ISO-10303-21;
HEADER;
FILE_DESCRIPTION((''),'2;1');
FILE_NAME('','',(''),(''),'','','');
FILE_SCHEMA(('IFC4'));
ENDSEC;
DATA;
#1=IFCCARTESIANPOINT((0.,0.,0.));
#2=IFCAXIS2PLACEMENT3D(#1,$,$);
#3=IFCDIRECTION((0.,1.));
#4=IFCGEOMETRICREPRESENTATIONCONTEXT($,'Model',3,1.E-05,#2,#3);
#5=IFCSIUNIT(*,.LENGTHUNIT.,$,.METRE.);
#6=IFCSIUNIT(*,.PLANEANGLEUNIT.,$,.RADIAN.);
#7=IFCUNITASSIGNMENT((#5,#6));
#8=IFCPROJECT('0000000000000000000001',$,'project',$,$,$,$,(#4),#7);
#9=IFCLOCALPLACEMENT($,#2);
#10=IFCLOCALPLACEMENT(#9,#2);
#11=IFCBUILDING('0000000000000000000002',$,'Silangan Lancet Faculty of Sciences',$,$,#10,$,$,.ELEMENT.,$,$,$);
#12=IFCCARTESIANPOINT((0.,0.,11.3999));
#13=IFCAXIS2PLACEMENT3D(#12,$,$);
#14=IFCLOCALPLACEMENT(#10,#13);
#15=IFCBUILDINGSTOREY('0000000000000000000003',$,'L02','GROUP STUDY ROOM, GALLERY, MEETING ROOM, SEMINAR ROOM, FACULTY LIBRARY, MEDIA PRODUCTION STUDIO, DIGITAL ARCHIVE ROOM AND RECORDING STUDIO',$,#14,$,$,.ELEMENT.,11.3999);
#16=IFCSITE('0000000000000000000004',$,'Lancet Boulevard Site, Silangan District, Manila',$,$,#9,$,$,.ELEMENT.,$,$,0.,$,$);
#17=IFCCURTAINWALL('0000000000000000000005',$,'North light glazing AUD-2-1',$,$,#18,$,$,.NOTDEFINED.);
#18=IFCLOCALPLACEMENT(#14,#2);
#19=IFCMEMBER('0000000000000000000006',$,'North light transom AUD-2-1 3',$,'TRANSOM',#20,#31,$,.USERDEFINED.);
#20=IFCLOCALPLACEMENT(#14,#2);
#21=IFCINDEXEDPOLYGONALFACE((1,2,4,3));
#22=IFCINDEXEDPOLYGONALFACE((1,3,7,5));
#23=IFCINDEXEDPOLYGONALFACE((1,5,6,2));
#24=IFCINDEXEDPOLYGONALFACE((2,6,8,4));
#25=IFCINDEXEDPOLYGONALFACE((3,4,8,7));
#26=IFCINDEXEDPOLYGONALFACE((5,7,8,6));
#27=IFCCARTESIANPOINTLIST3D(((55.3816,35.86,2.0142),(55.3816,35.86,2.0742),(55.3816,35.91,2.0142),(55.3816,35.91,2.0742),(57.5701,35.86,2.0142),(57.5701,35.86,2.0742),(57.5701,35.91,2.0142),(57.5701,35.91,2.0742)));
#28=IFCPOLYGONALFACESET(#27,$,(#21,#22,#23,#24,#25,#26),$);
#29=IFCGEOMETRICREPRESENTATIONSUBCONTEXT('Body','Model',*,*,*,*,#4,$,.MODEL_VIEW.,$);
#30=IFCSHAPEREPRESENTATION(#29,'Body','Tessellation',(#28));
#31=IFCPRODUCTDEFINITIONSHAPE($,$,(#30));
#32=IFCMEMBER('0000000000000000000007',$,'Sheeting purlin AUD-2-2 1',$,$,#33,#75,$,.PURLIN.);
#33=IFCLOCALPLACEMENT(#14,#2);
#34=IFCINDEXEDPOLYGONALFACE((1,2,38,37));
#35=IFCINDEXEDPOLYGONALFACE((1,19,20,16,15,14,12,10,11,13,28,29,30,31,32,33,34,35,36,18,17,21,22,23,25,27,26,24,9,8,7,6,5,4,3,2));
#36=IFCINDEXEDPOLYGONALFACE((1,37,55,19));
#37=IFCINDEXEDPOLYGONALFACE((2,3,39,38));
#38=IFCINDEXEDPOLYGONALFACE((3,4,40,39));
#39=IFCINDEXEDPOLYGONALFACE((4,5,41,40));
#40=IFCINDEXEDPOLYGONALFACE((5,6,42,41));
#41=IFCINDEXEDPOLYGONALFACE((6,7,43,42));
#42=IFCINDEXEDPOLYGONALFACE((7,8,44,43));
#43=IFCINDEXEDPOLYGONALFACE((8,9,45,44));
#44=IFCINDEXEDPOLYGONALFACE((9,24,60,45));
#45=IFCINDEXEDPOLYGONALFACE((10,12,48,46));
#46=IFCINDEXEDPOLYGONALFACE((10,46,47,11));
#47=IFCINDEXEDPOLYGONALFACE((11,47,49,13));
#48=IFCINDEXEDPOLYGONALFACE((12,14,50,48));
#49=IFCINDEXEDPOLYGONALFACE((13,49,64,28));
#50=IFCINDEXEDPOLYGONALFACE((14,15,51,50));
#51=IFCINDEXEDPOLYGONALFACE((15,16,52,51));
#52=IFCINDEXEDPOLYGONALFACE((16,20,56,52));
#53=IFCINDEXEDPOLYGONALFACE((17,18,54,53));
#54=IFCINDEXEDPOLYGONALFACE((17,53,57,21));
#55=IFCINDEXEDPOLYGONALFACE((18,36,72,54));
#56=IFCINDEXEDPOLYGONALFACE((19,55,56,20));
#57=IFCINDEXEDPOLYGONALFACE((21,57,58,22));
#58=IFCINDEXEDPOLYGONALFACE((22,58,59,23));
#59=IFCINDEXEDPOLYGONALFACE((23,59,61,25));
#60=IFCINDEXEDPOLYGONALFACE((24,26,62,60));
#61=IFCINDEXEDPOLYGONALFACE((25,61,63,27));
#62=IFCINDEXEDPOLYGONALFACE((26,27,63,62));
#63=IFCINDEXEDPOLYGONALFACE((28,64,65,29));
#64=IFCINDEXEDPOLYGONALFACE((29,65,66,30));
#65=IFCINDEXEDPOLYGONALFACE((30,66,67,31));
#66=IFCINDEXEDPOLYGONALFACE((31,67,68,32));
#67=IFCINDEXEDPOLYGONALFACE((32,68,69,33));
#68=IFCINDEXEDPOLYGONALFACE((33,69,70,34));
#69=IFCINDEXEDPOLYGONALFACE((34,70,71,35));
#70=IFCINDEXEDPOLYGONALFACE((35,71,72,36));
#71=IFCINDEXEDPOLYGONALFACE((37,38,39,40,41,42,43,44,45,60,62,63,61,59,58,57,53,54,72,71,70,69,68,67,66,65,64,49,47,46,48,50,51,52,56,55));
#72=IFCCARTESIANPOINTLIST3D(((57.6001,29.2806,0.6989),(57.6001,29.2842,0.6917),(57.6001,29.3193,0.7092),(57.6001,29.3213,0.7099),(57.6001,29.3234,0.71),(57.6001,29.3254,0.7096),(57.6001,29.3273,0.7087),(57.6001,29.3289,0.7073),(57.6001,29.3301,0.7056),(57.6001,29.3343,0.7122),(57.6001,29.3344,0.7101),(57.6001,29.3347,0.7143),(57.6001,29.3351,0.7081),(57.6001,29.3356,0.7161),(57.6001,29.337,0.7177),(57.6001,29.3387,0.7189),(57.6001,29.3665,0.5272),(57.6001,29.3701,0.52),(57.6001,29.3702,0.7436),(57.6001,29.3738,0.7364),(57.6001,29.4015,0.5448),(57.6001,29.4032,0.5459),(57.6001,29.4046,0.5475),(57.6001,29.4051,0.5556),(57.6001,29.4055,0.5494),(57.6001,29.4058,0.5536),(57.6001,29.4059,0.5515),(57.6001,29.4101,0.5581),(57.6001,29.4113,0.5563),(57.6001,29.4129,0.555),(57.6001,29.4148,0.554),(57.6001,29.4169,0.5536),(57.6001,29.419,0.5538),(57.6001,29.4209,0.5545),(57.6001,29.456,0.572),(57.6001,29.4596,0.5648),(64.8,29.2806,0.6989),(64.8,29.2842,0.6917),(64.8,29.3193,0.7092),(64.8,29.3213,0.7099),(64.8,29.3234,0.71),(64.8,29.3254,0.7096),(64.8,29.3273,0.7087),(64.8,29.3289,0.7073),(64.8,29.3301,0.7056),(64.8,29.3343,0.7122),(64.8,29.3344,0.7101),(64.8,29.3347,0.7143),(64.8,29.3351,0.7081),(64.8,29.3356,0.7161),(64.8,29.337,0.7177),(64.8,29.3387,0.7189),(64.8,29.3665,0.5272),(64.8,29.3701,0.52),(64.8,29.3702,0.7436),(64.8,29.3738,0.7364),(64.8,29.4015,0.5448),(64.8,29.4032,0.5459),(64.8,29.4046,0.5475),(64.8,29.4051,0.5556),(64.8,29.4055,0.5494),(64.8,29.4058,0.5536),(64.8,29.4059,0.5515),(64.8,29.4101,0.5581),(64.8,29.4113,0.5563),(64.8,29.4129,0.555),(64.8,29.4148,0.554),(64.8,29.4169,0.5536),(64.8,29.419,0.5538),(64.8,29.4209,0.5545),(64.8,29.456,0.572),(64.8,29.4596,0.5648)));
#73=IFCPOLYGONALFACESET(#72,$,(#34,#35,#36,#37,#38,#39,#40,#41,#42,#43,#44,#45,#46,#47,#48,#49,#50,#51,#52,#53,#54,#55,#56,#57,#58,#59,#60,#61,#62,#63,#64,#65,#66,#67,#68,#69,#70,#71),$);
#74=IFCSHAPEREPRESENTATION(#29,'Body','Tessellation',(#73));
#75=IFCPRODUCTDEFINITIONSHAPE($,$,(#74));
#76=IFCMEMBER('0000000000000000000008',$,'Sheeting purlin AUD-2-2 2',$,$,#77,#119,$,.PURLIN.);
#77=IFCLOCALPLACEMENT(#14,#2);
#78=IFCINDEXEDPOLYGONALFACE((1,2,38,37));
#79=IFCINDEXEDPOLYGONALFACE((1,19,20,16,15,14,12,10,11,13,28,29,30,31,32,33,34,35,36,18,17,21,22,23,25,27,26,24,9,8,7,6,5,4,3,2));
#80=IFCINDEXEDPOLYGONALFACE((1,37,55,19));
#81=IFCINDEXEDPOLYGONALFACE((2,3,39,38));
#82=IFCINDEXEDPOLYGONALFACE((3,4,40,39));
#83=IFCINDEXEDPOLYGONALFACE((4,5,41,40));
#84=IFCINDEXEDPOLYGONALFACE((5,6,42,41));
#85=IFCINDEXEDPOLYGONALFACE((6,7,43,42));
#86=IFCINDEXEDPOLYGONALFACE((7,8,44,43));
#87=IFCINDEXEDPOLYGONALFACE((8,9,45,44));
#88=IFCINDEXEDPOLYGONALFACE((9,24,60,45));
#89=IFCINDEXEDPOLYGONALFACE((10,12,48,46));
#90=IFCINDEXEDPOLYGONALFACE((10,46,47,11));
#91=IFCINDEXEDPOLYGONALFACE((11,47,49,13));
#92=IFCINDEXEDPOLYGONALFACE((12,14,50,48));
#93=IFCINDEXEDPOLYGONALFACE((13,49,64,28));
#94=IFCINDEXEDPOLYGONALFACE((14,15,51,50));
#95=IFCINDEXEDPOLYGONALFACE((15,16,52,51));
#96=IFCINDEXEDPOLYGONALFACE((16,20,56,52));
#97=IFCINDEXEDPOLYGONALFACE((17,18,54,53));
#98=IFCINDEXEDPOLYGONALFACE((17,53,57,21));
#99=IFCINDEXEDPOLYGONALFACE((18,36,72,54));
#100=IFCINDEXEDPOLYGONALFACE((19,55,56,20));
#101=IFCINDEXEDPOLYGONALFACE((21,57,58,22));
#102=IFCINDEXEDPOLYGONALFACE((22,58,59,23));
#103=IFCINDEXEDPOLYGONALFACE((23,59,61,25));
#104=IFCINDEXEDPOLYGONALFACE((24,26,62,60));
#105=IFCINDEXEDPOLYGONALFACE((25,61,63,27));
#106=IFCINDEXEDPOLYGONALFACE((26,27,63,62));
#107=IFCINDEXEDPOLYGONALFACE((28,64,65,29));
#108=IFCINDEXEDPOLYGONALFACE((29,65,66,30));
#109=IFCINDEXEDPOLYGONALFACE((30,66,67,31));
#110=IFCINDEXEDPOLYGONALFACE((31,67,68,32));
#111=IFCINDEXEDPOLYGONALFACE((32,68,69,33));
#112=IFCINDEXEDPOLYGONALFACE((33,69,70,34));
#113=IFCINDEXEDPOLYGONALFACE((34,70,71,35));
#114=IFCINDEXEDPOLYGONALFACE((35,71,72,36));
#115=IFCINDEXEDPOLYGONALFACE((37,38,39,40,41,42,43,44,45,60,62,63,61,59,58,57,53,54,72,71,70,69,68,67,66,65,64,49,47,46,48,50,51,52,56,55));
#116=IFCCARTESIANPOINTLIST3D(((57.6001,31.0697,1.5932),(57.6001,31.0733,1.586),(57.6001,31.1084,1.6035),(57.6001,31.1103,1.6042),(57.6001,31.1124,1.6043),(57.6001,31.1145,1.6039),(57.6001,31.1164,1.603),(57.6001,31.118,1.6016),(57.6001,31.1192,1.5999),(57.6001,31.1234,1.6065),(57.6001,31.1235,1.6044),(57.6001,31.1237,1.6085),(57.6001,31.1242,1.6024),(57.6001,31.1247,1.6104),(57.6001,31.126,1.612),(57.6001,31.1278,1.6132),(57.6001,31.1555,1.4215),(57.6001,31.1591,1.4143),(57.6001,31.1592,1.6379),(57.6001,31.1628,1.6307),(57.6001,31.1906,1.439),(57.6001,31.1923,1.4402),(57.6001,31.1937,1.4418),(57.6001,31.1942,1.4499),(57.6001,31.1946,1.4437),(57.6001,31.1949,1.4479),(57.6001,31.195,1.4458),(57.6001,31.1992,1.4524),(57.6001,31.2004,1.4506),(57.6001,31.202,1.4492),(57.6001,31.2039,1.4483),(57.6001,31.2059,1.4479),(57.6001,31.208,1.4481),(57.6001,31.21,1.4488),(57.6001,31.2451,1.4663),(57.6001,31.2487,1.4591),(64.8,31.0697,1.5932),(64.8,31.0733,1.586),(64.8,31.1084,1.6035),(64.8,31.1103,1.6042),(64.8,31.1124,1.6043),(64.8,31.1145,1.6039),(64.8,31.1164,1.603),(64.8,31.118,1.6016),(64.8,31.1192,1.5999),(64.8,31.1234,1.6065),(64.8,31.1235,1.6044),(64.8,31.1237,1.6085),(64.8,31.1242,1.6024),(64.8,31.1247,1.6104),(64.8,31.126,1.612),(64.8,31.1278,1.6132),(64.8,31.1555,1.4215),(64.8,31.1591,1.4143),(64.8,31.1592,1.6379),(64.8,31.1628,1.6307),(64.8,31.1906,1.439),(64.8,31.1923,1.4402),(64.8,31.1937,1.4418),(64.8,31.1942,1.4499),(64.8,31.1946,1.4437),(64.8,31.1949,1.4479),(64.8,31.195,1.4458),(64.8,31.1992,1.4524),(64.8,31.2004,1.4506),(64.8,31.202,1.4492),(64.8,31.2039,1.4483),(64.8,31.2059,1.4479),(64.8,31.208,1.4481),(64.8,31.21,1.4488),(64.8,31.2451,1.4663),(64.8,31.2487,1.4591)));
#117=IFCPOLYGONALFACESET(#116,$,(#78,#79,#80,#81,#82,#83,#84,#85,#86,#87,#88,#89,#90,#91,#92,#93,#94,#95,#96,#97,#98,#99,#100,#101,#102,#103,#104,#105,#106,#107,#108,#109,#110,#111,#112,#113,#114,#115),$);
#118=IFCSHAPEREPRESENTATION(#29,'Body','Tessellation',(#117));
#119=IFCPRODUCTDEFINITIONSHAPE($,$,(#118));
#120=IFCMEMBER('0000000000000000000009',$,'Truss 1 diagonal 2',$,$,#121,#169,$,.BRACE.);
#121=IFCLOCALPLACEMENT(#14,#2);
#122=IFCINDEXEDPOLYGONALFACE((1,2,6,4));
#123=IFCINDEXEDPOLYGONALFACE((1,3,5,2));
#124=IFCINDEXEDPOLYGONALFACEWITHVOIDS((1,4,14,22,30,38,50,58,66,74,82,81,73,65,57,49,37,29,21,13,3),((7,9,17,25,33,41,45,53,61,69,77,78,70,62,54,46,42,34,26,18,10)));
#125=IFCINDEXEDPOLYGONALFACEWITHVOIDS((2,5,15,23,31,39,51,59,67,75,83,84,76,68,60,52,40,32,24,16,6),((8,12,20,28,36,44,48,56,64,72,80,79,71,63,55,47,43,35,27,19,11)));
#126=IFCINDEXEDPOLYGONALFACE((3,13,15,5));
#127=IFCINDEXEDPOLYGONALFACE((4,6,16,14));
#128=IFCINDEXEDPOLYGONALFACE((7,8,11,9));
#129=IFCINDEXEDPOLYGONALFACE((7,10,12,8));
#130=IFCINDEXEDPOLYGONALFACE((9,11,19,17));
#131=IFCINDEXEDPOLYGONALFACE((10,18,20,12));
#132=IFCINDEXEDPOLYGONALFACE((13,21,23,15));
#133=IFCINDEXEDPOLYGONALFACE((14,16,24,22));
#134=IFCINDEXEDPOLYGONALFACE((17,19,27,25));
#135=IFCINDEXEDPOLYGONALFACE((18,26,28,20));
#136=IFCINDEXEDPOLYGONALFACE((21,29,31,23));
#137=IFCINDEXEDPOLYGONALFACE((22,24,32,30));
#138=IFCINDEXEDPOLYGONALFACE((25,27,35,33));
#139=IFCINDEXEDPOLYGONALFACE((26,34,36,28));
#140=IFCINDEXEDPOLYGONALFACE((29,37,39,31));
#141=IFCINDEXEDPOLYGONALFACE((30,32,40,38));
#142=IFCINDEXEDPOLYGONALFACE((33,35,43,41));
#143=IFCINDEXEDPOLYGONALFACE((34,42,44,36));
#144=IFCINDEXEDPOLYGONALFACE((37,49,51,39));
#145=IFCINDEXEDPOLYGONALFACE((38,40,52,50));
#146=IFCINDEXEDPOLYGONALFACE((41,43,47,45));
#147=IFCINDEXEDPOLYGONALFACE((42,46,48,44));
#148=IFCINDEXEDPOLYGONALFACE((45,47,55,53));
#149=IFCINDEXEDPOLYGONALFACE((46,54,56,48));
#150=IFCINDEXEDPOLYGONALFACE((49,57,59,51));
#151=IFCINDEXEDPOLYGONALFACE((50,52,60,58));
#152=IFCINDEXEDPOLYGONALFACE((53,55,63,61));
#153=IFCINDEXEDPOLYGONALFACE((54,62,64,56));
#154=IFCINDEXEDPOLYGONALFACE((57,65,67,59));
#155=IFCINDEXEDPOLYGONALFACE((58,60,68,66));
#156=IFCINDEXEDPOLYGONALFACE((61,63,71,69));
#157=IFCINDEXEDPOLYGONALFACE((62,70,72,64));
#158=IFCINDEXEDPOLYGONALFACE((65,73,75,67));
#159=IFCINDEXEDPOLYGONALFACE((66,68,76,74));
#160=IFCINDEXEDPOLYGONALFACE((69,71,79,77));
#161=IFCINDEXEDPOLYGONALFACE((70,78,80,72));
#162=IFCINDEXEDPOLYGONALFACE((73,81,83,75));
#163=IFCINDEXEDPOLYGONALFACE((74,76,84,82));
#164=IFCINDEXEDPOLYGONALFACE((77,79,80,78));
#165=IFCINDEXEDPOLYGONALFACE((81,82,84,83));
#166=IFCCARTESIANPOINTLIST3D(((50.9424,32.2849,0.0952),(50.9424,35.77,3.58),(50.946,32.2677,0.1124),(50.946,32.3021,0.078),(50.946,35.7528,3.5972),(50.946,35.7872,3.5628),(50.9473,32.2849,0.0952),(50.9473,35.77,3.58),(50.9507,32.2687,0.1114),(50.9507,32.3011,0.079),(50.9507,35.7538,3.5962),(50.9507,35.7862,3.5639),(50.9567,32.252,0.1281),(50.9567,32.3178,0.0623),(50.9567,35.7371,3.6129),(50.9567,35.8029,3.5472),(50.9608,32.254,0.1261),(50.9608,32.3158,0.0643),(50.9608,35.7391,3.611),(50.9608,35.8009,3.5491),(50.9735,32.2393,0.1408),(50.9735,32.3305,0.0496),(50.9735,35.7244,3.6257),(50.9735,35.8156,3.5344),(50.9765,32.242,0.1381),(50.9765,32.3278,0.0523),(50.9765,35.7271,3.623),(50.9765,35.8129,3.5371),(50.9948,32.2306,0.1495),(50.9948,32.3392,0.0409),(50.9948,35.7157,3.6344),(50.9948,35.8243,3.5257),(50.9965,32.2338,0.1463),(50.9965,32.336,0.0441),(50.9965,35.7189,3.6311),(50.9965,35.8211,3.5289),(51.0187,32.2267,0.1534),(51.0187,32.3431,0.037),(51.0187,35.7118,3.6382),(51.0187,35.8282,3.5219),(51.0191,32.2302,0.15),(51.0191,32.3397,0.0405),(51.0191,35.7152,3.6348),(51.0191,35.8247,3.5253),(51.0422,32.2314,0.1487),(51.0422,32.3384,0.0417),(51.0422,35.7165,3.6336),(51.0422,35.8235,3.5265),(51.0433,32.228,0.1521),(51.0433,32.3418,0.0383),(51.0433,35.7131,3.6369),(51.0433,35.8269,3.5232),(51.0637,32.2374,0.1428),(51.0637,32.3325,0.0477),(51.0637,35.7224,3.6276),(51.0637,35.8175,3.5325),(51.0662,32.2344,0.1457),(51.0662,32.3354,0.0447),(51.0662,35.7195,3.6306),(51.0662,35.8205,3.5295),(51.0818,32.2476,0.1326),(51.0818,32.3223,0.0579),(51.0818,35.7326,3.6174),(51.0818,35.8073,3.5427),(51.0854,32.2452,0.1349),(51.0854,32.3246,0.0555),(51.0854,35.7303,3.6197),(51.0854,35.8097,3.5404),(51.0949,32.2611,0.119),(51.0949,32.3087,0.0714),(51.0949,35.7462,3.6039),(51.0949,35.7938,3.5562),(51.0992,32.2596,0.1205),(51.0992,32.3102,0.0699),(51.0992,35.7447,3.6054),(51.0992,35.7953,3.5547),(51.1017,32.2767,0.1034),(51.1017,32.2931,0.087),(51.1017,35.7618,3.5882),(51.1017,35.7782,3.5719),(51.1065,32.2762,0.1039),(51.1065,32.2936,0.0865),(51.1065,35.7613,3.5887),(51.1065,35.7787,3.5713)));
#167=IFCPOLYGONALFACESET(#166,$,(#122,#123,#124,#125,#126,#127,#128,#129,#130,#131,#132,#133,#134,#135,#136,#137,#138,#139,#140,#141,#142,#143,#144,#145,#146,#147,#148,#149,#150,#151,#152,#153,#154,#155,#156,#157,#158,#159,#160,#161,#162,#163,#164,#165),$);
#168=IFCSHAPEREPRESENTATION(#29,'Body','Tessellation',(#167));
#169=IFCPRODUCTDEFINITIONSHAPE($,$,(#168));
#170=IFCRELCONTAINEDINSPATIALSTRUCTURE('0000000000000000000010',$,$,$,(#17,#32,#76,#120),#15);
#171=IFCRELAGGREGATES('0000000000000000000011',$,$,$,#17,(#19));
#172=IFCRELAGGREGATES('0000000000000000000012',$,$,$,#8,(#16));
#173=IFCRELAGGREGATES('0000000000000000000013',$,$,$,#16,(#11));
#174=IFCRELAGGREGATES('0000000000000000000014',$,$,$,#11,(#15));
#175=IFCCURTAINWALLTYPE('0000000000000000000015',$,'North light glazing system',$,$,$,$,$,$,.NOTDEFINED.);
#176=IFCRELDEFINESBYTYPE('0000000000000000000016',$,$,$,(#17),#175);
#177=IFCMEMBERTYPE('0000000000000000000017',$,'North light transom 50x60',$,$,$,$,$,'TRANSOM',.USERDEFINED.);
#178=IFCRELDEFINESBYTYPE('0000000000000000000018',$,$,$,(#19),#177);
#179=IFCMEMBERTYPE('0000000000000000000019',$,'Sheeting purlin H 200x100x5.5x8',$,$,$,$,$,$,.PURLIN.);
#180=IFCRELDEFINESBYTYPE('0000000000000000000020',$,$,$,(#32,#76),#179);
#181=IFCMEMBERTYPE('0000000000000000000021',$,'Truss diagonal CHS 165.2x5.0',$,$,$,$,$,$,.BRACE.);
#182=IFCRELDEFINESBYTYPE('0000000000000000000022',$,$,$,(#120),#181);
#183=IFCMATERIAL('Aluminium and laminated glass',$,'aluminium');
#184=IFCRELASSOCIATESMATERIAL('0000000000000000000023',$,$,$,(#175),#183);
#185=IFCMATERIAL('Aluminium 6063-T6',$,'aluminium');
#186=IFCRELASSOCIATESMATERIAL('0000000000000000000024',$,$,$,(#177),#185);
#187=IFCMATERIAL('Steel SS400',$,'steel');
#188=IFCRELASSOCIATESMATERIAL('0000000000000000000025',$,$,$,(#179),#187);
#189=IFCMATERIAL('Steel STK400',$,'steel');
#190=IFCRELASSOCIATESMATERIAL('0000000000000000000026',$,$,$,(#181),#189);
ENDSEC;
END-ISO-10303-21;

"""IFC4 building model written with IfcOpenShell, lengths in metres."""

from ifc_helpers import new_model, si_unit, direction, frame, origin, origin_2d, place, context, subcontext, project, spatial, rectangle, hollow_circle, i_section, extrude, material, material_profile, profile_set, type_object, element, aggregate, save


model = new_model("IFC4")

# Units and contexts
model_context = context("Model", 3, precision=1e-05, world=origin(), true_north=direction((0.0, 1.0)))
body_context = subcontext(model_context, "Body", "Model", "MODEL_VIEW")
ifc_project = project(units=[si_unit("LENGTHUNIT", "METRE"), si_unit("PLANEANGLEUNIT", "RADIAN")], contexts=[model_context])

# Site, building, storey
site_placement = place(None, origin())
site = spatial("IfcSite", under=ifc_project, at=site_placement, Name="Lancet Boulevard Site, Silangan District, Manila", CompositionType="ELEMENT", RefElevation=0.0)
building_placement = place(site_placement, origin())
building = spatial("IfcBuilding", under=site, at=building_placement, Name="Silangan Lancet Faculty of Sciences", CompositionType="ELEMENT")
storey_placement = place(building_placement, frame((0.0, 0.0, 11.3999)))
storey = spatial("IfcBuildingStorey", under=building, at=storey_placement, Name="L02", Description="GROUP STUDY ROOM, GALLERY, MEETING ROOM, SEMINAR ROOM, FACULTY LIBRARY, MEDIA PRODUCTION STUDIO, DIGITAL ARCHIVE ROOM AND RECORDING STUDIO", CompositionType="ELEMENT", Elevation=11.3999)

# Curtain wall
ifc_material_1 = material(Name="Aluminium and laminated glass", Category="aluminium")
curtain_wall_type = type_object("IfcCurtainWallType", Name="North light glazing system", PredefinedType="NOTDEFINED", material=ifc_material_1)
curtain_wall_1_placement = place(storey_placement, origin())
curtain_wall_1 = element("IfcCurtainWall", 1, at=curtain_wall_1_placement, inside=storey, type_object=curtain_wall_type, Name="North light glazing AUD-2-1", PredefinedType="NOTDEFINED")

# Member
ifc_material_2 = material(Name="Aluminium 6063-T6", Category="aluminium")
ifc_material_profile_1 = material_profile(ifc_material_2, rectangle(XDim=0.05, YDim=0.0601, at=origin_2d()), Name="AL 50x60")
ifc_profile_set_1 = profile_set([ifc_material_profile_1], Name="Aluminium 6063-T6")
member_type_1 = type_object("IfcMemberType", Name="North light transom 50x60", ElementType="TRANSOM", PredefinedType="USERDEFINED", material=ifc_profile_set_1)
member_1_placement = place(storey_placement, frame((55.3816, 35.885, 2.0442), z_axis=(1.0, 0.0, 0.0), x_axis=(0.0, 1.0, 0.0)))
member_1 = element("IfcMember", 2, at=member_1_placement, type_object=member_type_1, Name="North light transom AUD-2-1 3", ObjectType="TRANSOM", PredefinedType="USERDEFINED", context=body_context, shape_type="SweptSolid", body=[
    extrude(rectangle(XDim=0.05, YDim=0.0601, at=origin_2d()), origin(), (0.0, 0.0, 1.0), 2.1885),
])

# Members
ifc_material_3 = material(Name="Steel SS400", Category="steel")
ifc_material_profile_2 = material_profile(ifc_material_3, i_section(OverallWidth=0.1001, OverallDepth=0.2, WebThickness=0.0056, FlangeThickness=0.0081, FilletRadius=0.0081, at=origin_2d()), Name="H 200x100x5.5x8")
ifc_profile_set_2 = profile_set([ifc_material_profile_2], Name="Steel SS400")
member_type_2 = type_object("IfcMemberType", Name="Sheeting purlin H 200x100x5.5x8", PredefinedType="PURLIN", material=ifc_profile_set_2)
for number, where, z_axis, x_axis, name in (
    (3, (57.6001, 29.3701, 0.6318), (1.0, 0.0, 0.0), (0.0, 0.894427, 0.447214), "Sheeting purlin AUD-2-2 1"),
    (4, (57.6001, 31.1592, 1.5261), (1.0, 0.0, 0.0), (0.0, 0.894427, 0.447214), "Sheeting purlin AUD-2-2 2"),
):
    element("IfcMember", number, at=place(storey_placement, frame(where, z_axis=z_axis, x_axis=x_axis)), inside=storey, type_object=member_type_2, Name=name, PredefinedType="PURLIN", context=body_context, shape_type="SweptSolid", body=[
        extrude(i_section(OverallWidth=0.1001, OverallDepth=0.2, WebThickness=0.0056, FlangeThickness=0.0081, FilletRadius=0.0081, at=origin_2d()), origin(), (0.0, 0.0, 1.0), 7.2),
    ])
ifc_material_4 = material(Name="Steel STK400", Category="steel")
ifc_material_profile_3 = material_profile(ifc_material_4, hollow_circle(Radius=0.0825, WallThickness=0.0049, at=origin_2d()), Name="CHS 165.2x5.0")
ifc_profile_set_3 = profile_set([ifc_material_profile_3], Name="Steel STK400")
member_type_3 = type_object("IfcMemberType", Name="Truss diagonal CHS 165.2x5.0", PredefinedType="BRACE", material=ifc_profile_set_3)
for number, where, z_axis, x_axis, name in (
    (5, (51.0249, 32.2849, 0.0952), (0.0, 0.707132, 0.707082), (-1.0, 0.0, 0.0), "Truss 1 diagonal 2"),
):
    element("IfcMember", number, at=place(storey_placement, frame(where, z_axis=z_axis, x_axis=x_axis)), inside=storey, type_object=member_type_3, Name=name, PredefinedType="BRACE", context=body_context, shape_type="SweptSolid", body=[
        extrude(hollow_circle(Radius=0.0825, WallThickness=0.0049, at=origin_2d()), origin(), (0.0, 0.0, 1.0), 4.9285),
    ])

aggregate(curtain_wall_1, [member_1])

save(model, "model.ifc")
